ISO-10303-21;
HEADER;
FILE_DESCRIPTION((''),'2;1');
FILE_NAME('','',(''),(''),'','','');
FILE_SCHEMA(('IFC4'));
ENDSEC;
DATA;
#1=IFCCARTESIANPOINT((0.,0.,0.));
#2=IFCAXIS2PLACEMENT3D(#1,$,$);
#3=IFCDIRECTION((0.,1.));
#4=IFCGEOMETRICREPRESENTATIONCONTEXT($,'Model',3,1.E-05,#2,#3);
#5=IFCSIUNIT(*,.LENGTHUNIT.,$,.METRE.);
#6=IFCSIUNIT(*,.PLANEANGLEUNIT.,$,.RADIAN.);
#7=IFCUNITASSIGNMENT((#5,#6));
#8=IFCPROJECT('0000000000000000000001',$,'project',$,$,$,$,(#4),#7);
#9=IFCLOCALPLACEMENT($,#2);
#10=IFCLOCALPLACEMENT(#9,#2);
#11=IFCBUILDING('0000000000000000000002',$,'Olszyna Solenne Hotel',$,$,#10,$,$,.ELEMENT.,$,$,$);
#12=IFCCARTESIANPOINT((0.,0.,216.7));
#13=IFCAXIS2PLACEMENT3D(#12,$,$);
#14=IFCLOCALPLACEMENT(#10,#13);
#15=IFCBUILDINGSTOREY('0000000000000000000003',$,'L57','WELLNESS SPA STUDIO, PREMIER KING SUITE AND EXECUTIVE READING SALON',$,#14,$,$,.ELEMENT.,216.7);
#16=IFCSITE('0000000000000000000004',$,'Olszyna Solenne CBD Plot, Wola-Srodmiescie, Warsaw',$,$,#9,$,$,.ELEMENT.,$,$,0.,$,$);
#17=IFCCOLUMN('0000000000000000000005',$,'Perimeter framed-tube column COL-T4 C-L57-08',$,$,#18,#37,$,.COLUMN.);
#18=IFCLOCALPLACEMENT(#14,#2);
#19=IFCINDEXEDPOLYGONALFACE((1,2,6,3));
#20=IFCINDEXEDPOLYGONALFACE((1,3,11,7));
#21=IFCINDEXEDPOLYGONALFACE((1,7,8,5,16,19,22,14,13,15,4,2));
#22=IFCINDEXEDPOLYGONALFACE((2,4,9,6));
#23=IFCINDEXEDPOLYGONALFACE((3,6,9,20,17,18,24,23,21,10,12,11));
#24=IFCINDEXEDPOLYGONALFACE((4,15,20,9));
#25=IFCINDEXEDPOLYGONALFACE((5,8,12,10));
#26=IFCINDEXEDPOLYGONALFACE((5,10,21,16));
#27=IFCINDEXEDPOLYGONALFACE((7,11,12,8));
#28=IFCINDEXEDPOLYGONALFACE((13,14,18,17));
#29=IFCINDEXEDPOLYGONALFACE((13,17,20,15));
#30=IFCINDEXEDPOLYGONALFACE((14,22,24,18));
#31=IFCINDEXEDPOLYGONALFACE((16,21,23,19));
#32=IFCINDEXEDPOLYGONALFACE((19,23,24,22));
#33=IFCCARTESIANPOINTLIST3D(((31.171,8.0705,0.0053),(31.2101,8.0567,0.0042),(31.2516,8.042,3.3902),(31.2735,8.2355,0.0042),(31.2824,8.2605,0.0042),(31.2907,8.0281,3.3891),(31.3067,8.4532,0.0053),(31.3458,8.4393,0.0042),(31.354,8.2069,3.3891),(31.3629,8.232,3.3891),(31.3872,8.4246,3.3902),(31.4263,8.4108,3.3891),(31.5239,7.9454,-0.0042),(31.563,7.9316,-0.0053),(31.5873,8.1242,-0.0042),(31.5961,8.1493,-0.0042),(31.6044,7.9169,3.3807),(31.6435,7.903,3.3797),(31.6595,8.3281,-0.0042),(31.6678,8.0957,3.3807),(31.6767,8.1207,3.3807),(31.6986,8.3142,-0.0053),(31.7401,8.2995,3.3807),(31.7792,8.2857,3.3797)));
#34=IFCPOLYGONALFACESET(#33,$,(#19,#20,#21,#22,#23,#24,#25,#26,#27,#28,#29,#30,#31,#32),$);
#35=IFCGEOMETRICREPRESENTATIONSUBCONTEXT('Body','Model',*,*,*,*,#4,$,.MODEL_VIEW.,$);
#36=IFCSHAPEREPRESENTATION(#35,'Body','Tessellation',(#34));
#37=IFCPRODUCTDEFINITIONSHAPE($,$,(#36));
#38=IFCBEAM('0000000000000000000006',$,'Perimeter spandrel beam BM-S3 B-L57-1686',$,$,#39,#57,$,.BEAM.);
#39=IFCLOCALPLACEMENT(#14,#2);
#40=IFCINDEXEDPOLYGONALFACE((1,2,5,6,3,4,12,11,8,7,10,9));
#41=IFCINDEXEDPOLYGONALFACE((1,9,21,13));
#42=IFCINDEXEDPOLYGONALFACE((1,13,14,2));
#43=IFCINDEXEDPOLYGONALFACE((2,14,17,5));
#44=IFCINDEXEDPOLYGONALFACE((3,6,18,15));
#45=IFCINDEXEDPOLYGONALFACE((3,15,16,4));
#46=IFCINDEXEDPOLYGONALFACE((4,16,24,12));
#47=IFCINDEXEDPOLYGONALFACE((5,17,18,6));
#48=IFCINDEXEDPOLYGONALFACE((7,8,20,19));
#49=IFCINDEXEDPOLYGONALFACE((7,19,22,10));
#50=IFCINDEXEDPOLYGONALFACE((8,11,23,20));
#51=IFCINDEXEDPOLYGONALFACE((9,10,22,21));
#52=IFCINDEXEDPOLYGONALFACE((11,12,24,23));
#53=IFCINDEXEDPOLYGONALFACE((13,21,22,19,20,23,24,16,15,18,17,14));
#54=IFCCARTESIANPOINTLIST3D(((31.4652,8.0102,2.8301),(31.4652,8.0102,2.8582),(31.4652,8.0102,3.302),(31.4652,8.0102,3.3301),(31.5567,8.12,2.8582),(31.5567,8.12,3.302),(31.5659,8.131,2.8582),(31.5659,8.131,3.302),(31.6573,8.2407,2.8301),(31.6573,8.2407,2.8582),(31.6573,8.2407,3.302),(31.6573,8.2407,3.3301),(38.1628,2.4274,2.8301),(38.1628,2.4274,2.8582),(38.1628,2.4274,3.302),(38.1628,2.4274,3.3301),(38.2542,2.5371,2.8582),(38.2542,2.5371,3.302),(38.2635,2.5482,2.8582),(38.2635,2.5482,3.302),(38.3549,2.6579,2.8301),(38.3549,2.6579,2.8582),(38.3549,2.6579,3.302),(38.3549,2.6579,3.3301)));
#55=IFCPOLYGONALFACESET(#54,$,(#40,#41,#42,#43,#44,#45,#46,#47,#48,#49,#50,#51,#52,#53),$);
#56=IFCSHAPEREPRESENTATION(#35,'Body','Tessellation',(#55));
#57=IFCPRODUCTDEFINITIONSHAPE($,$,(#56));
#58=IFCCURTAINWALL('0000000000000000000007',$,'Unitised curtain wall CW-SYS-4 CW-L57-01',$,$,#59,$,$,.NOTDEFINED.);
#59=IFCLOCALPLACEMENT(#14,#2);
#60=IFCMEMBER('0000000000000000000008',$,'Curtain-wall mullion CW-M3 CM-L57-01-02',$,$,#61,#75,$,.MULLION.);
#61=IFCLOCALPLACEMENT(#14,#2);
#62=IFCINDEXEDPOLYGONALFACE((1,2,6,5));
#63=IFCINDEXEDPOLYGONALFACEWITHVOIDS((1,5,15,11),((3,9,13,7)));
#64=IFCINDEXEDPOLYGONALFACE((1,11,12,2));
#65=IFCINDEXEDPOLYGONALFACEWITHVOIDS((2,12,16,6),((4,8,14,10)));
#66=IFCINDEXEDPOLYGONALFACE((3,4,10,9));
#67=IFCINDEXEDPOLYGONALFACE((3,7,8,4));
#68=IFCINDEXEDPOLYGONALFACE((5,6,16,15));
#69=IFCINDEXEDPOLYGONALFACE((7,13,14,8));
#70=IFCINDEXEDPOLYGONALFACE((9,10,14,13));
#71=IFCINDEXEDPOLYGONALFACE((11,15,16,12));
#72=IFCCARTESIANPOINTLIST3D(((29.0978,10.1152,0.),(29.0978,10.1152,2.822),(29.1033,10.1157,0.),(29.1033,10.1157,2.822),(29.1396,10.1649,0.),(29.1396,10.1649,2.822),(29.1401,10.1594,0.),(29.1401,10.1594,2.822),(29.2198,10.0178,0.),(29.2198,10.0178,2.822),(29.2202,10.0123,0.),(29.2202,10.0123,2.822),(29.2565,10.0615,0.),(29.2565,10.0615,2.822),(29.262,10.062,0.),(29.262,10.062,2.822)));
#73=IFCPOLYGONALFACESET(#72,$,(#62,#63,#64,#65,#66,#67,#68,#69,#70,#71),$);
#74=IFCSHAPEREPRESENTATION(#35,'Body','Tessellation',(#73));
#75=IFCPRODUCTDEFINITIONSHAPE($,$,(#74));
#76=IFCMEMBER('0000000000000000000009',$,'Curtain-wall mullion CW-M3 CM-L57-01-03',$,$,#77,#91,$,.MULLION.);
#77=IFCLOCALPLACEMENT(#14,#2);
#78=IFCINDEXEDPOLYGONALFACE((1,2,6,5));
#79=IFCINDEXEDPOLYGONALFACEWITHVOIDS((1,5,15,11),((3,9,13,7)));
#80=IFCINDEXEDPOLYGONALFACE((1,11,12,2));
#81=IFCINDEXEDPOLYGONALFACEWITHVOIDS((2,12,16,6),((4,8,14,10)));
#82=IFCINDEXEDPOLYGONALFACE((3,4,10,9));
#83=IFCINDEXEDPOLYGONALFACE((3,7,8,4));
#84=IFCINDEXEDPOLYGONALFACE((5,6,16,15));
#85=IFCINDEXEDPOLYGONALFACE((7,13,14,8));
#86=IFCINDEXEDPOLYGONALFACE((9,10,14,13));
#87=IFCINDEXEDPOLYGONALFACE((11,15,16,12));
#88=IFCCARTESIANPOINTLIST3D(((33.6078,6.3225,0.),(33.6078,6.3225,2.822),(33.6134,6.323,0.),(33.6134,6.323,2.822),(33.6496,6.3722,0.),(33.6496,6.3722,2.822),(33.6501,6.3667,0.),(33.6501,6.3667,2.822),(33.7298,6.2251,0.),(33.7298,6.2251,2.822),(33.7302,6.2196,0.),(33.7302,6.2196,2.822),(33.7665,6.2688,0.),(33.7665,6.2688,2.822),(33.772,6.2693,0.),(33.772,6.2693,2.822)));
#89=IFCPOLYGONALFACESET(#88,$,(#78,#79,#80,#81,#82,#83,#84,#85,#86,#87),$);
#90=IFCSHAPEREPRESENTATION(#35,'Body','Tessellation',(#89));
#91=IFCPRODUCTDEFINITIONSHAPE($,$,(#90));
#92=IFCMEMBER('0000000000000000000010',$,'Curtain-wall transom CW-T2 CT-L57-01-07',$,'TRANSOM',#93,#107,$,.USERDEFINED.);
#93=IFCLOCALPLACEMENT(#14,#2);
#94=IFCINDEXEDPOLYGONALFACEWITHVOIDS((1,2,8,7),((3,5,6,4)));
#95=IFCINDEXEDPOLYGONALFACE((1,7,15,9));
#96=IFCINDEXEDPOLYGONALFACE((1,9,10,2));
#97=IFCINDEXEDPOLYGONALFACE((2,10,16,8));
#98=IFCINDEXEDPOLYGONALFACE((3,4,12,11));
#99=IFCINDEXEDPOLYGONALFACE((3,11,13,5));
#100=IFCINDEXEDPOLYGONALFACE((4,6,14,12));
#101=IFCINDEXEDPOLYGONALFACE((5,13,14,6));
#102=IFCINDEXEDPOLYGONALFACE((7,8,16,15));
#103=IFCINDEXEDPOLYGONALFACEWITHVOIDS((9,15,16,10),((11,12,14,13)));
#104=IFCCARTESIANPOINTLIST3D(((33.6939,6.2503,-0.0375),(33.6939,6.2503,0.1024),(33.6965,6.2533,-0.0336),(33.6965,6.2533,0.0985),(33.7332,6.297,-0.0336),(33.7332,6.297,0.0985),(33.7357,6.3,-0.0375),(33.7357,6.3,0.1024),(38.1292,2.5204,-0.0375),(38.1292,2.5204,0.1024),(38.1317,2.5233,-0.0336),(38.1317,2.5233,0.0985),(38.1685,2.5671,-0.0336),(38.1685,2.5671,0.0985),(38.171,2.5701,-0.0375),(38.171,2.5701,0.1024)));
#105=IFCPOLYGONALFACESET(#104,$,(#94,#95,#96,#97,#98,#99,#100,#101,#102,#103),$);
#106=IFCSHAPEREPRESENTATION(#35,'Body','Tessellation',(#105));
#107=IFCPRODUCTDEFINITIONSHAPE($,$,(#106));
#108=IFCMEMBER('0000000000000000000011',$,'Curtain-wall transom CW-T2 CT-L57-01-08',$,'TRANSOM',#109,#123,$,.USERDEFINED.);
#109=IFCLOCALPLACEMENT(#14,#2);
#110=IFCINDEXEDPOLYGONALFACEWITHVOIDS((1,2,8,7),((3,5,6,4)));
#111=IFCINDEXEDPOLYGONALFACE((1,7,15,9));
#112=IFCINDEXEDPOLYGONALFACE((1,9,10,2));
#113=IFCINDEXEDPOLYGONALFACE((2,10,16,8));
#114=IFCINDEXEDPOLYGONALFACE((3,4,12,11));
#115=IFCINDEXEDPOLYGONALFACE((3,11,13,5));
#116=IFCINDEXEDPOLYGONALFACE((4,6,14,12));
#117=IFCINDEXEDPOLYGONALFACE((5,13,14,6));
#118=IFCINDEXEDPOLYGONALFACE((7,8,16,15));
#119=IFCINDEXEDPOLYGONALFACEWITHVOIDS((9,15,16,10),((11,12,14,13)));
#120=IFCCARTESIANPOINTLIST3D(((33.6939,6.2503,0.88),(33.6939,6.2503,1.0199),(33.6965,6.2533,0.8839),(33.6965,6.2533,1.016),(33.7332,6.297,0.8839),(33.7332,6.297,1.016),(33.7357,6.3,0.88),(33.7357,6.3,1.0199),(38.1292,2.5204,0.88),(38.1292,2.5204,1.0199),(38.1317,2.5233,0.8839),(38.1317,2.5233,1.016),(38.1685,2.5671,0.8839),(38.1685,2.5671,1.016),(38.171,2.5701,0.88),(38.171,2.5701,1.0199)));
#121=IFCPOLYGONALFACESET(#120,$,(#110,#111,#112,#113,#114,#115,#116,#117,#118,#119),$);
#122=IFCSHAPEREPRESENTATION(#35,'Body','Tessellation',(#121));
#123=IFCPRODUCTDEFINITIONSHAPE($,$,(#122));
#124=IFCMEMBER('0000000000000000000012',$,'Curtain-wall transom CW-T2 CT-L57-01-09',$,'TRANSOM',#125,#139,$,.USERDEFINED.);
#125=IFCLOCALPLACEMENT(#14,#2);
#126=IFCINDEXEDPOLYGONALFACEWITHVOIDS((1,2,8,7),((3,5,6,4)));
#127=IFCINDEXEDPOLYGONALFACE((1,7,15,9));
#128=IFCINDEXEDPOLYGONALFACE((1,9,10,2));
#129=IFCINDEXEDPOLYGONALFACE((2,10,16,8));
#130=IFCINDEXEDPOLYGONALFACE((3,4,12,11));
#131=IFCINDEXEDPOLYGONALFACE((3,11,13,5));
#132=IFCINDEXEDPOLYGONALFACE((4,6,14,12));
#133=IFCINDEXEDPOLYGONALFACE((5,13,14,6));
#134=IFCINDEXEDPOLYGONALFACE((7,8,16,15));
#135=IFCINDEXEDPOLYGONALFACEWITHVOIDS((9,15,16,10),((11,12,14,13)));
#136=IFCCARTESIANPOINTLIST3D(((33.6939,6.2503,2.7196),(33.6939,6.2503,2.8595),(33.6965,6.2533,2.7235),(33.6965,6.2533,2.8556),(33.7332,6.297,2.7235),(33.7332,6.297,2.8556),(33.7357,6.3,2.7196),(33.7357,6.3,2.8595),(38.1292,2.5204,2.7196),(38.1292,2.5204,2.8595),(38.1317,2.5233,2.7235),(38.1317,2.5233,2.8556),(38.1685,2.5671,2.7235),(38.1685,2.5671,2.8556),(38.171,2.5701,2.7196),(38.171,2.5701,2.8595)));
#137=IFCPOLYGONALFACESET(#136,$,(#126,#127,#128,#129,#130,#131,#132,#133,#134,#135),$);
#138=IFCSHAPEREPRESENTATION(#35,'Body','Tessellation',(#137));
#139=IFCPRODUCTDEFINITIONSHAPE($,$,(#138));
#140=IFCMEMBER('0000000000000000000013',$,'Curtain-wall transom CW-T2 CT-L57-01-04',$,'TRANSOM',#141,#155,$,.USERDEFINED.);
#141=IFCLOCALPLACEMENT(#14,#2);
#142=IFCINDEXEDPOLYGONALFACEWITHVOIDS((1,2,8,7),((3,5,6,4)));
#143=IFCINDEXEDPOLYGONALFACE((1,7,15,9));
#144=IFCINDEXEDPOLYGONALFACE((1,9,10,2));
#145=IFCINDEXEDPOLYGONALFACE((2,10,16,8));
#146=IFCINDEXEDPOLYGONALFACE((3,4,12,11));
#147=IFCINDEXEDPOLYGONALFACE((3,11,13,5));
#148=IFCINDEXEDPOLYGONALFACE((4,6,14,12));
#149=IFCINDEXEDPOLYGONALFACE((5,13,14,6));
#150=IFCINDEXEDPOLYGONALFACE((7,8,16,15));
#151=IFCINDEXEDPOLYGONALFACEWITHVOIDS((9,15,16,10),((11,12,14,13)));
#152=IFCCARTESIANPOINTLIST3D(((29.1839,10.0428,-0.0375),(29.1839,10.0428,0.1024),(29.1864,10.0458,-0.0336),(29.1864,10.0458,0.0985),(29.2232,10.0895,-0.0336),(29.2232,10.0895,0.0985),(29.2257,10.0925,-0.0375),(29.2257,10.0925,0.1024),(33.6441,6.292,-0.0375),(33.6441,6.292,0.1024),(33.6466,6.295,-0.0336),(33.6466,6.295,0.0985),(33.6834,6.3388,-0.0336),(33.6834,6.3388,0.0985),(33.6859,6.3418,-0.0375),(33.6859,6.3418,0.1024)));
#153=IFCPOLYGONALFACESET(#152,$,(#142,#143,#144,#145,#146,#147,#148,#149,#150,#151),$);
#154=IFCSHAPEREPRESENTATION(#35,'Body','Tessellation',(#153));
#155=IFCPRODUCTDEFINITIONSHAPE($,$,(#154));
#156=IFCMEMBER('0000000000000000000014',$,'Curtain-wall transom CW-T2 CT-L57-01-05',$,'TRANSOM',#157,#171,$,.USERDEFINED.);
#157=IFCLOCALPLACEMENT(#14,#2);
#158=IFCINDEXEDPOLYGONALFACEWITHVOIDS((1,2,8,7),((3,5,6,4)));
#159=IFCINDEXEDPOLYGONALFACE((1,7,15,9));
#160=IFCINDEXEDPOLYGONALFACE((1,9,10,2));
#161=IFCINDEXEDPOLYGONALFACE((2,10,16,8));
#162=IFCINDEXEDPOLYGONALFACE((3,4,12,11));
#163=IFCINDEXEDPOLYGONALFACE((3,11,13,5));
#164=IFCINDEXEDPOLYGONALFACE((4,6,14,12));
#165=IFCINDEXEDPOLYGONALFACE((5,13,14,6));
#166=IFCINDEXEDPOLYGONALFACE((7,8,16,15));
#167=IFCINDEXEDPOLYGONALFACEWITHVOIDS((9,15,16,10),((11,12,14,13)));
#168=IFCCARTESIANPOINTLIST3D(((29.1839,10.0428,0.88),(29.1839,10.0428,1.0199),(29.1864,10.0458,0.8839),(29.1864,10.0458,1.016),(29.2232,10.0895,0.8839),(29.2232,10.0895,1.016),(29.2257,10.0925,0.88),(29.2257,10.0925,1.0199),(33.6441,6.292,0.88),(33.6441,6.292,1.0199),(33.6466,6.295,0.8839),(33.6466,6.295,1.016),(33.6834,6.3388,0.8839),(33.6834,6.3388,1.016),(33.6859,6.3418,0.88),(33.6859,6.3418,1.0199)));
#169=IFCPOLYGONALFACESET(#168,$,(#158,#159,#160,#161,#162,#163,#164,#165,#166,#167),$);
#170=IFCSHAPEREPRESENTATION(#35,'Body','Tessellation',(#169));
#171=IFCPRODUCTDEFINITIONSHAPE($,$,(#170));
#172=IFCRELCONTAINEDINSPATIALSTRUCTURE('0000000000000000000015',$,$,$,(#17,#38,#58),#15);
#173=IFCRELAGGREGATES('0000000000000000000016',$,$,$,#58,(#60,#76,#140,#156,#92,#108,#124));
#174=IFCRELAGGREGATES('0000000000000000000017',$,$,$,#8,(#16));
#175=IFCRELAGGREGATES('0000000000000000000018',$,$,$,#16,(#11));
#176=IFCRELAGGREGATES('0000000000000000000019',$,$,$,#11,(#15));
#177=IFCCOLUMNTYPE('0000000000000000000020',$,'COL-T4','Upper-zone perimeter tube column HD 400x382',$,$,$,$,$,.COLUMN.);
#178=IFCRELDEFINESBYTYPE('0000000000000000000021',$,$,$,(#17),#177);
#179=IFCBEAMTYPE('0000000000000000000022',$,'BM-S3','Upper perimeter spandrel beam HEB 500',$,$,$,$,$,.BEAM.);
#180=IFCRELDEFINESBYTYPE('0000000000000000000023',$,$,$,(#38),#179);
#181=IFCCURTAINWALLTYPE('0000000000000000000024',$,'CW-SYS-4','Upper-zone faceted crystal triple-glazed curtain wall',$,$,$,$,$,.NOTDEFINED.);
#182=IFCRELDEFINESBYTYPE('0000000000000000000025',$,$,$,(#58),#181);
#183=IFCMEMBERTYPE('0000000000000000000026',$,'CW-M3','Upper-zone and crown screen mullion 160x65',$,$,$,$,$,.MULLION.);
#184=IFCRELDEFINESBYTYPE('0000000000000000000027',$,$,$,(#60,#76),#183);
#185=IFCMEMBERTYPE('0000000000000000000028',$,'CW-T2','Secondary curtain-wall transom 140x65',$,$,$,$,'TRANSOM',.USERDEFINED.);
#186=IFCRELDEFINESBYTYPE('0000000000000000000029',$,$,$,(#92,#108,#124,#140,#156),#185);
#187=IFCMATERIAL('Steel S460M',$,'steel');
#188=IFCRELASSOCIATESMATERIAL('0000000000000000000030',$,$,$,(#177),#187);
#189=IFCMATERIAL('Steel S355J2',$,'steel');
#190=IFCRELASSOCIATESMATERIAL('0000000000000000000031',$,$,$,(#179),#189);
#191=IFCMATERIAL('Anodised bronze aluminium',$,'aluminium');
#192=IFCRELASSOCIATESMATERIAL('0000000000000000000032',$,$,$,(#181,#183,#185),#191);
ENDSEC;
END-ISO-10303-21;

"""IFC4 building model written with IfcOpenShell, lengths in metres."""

from ifc_helpers import new_model, si_unit, direction, frame, origin, origin_2d, place, context, subcontext, project, spatial, hollow_rectangle, i_section, extrude, source, transform, mapped, material, material_profile, profile_set, type_object, element, aggregate, save


model = new_model("IFC4")

# Units and contexts
model_context = context("Model", 3, precision=1e-05, world=origin(), true_north=direction((0.0, 1.0)))
body_context = subcontext(model_context, "Body", "Model", "MODEL_VIEW")
ifc_project = project(units=[si_unit("LENGTHUNIT", "METRE"), si_unit("PLANEANGLEUNIT", "RADIAN")], contexts=[model_context])

# Site, building, storey
site_placement = place(None, origin())
site = spatial("IfcSite", under=ifc_project, at=site_placement, Name="Olszyna Solenne CBD Plot, Wola-Srodmiescie, Warsaw", CompositionType="ELEMENT", RefElevation=0.0)
building_placement = place(site_placement, origin())
building = spatial("IfcBuilding", under=site, at=building_placement, Name="Olszyna Solenne Hotel", CompositionType="ELEMENT")
storey_placement = place(building_placement, frame((0.0, 0.0, 216.7)))
storey = spatial("IfcBuildingStorey", under=building, at=storey_placement, Name="L57", Description="WELLNESS SPA STUDIO, PREMIER KING SUITE AND EXECUTIVE READING SALON", CompositionType="ELEMENT", Elevation=216.7)

# Column
ifc_material_1 = material(Name="Steel S460M", Category="steel")
ifc_material_profile_1 = material_profile(ifc_material_1, i_section(OverallWidth=0.406, OverallDepth=0.416, WebThickness=0.0266, FlangeThickness=0.0415, at=origin_2d()), Name="HD 400x382", Category="load-bearing")
ifc_profile_set_1 = profile_set([ifc_material_profile_1], Name="Steel S460M")
column_type = type_object("IfcColumnType", Name="COL-T4", Description="Upper-zone perimeter tube column HD 400x382", PredefinedType="COLUMN", material=ifc_profile_set_1)
shared_shape_1 = source(origin(), body_context, "Body", "SweptSolid", [
    extrude(i_section(OverallWidth=0.406, OverallDepth=0.416, WebThickness=0.0266, FlangeThickness=0.0415, at=origin_2d()), origin(), (0.0, 0.0, 1.0), 3.386),
])
column_placement = place(storey_placement, frame((31.4348, 8.1924, 0.0), z_axis=(0.023793, -0.008436, 0.999681), x_axis=(0.334164, 0.942515, 0.0)))
element("IfcColumn", 1, at=column_placement, inside=storey, type_object=column_type, Name="Perimeter framed-tube column COL-T4 C-L57-08", PredefinedType="COLUMN", context=body_context, shape_type="MappedRepresentation", body=[
    mapped(shared_shape_1, transform((0.0, 0.0, 0.0), x_axis=(1.0, 0.0, 0.0), y_axis=(0.0, 1.0, 0.0), z_axis=(0.0, 0.0, 1.0), scale=1.0)),
])

# Beam
ifc_material_2 = material(Name="Steel S355J2", Category="steel")
ifc_material_profile_2 = material_profile(ifc_material_2, i_section(OverallWidth=0.3, OverallDepth=0.5, WebThickness=0.0144, FlangeThickness=0.0281, at=origin_2d()), Name="HEB 500", Category="load-bearing")
ifc_profile_set_2 = profile_set([ifc_material_profile_2], Name="Steel S355J2")
beam_type_1 = type_object("IfcBeamType", Name="BM-S3", Description="Upper perimeter spandrel beam HEB 500", PredefinedType="BEAM", material=ifc_profile_set_2)
shared_shape_2 = source(origin(), body_context, "Body", "SweptSolid", [
    extrude(i_section(OverallWidth=0.3, OverallDepth=0.5, WebThickness=0.0144, FlangeThickness=0.0281, at=origin_2d()), origin(), (0.0, 0.0, 1.0), 8.7192),
])
beam_1_placement = place(storey_placement, frame((31.5613, 8.1255, 3.0801), z_axis=(0.768136, -0.640286, 0.0), x_axis=(0.640286, 0.768136, 0.0)))
element("IfcBeam", 2, at=beam_1_placement, inside=storey, type_object=beam_type_1, Name="Perimeter spandrel beam BM-S3 B-L57-1686", PredefinedType="BEAM", context=body_context, shape_type="MappedRepresentation", body=[
    mapped(shared_shape_2, transform((0.0, 0.0, 0.0), x_axis=(1.0, 0.0, 0.0), y_axis=(0.0, 1.0, 0.0), z_axis=(0.0, 0.0, 1.0), scale=1.0)),
])

# Curtain wall, members
ifc_material_3 = material(Name="Anodised bronze aluminium", Category="aluminium")
curtain_wall_type = type_object("IfcCurtainWallType", Name="CW-SYS-4", Description="Upper-zone faceted crystal triple-glazed curtain wall", PredefinedType="NOTDEFINED", material=ifc_material_3)
curtain_wall_placement = place(storey_placement, origin())
curtain_wall = element("IfcCurtainWall", 3, at=curtain_wall_placement, inside=storey, type_object=curtain_wall_type, Name="Unitised curtain wall CW-SYS-4 CW-L57-01", PredefinedType="NOTDEFINED")
ifc_material_profile_3 = material_profile(ifc_material_3, hollow_rectangle(XDim=0.0649, YDim=0.1599, WallThickness=0.0039, at=origin_2d()), Name="MULL 160x65x4", Category="load-bearing")
ifc_profile_set_3 = profile_set([ifc_material_profile_3], Name="Anodised bronze aluminium")
member_type_1 = type_object("IfcMemberType", Name="CW-M3", Description="Upper-zone and crown screen mullion 160x65", PredefinedType="MULLION", material=ifc_profile_set_3)
shared_shape_3 = source(origin(), body_context, "Body", "SweptSolid", [
    extrude(hollow_rectangle(XDim=0.0649, YDim=0.1599, WallThickness=0.0039, at=origin_2d()), origin(), (0.0, 0.0, 1.0), 2.822),
])
member_1_placement = place(storey_placement, frame((29.1799, 10.0886, 0.0), z_axis=(0.0, 0.0, 1.0), x_axis=(0.643622, 0.765343, 0.0)))
member_1 = element("IfcMember", 4, at=member_1_placement, type_object=member_type_1, Name="Curtain-wall mullion CW-M3 CM-L57-01-02", PredefinedType="MULLION", context=body_context, shape_type="MappedRepresentation", body=[
    mapped(shared_shape_3, transform((0.0, 0.0, 0.0), x_axis=(1.0, 0.0, 0.0), y_axis=(0.0, 1.0, 0.0), z_axis=(0.0, 0.0, 1.0), scale=1.0)),
])
member_2_placement = place(storey_placement, frame((33.6899, 6.2959, 0.0), z_axis=(0.0, 0.0, 1.0), x_axis=(0.643622, 0.765343, 0.0)))
member_2 = element("IfcMember", 5, at=member_2_placement, type_object=member_type_1, Name="Curtain-wall mullion CW-M3 CM-L57-01-03", PredefinedType="MULLION", context=body_context, shape_type="MappedRepresentation", body=[
    mapped(shared_shape_3, transform((0.0, 0.0, 0.0), x_axis=(1.0, 0.0, 0.0), y_axis=(0.0, 1.0, 0.0), z_axis=(0.0, 0.0, 1.0), scale=1.0)),
])
ifc_material_profile_4 = material_profile(ifc_material_3, hollow_rectangle(XDim=0.0649, YDim=0.1399, WallThickness=0.0039, at=origin_2d()), Name="TRAN 140x65x4", Category="load-bearing")
ifc_profile_set_4 = profile_set([ifc_material_profile_4], Name="Anodised bronze aluminium")
member_type_2 = type_object("IfcMemberType", Name="CW-T2", Description="Secondary curtain-wall transom 140x65", ElementType="TRANSOM", PredefinedType="USERDEFINED", material=ifc_profile_set_4)
shared_shape_4 = source(origin(), body_context, "Body", "SweptSolid", [
    extrude(hollow_rectangle(XDim=0.0649, YDim=0.1399, WallThickness=0.0039, at=origin_2d()), origin(), (0.0, 0.0, 1.0), 5.7952),
])
member_3_placement = place(storey_placement, frame((33.7148, 6.2751, 0.0325), z_axis=(0.765337, -0.64363, 0.0), x_axis=(0.64363, 0.765337, 0.0)))
member_3 = element("IfcMember", 6, at=member_3_placement, type_object=member_type_2, Name="Curtain-wall transom CW-T2 CT-L57-01-07", ObjectType="TRANSOM", PredefinedType="USERDEFINED", context=body_context, shape_type="MappedRepresentation", body=[
    mapped(shared_shape_4, transform((0.0, 0.0, 0.0), x_axis=(1.0, 0.0, 0.0), y_axis=(0.0, 1.0, 0.0), z_axis=(0.0, 0.0, 1.0), scale=1.0)),
])
member_4_placement = place(storey_placement, frame((33.7148, 6.2751, 0.95), z_axis=(0.765337, -0.64363, 0.0), x_axis=(0.64363, 0.765337, 0.0)))
member_4 = element("IfcMember", 7, at=member_4_placement, type_object=member_type_2, Name="Curtain-wall transom CW-T2 CT-L57-01-08", ObjectType="TRANSOM", PredefinedType="USERDEFINED", context=body_context, shape_type="MappedRepresentation", body=[
    mapped(shared_shape_4, transform((0.0, 0.0, 0.0), x_axis=(1.0, 0.0, 0.0), y_axis=(0.0, 1.0, 0.0), z_axis=(0.0, 0.0, 1.0), scale=1.0)),
])
member_5_placement = place(storey_placement, frame((33.7148, 6.2751, 2.7896), z_axis=(0.765337, -0.64363, 0.0), x_axis=(0.64363, 0.765337, 0.0)))
member_5 = element("IfcMember", 8, at=member_5_placement, type_object=member_type_2, Name="Curtain-wall transom CW-T2 CT-L57-01-09", ObjectType="TRANSOM", PredefinedType="USERDEFINED", context=body_context, shape_type="MappedRepresentation", body=[
    mapped(shared_shape_4, transform((0.0, 0.0, 0.0), x_axis=(1.0, 0.0, 0.0), y_axis=(0.0, 1.0, 0.0), z_axis=(0.0, 0.0, 1.0), scale=1.0)),
])
shared_shape_5 = source(origin(), body_context, "Body", "SweptSolid", [
    extrude(hollow_rectangle(XDim=0.0649, YDim=0.1399, WallThickness=0.0039, at=origin_2d()), origin(), (0.0, 0.0, 1.0), 5.8276),
])
member_6_placement = place(storey_placement, frame((29.2048, 10.0676, 0.0325), z_axis=(0.765353, -0.643611, 0.0), x_axis=(0.643611, 0.765353, 0.0)))
member_6 = element("IfcMember", 9, at=member_6_placement, type_object=member_type_2, Name="Curtain-wall transom CW-T2 CT-L57-01-04", ObjectType="TRANSOM", PredefinedType="USERDEFINED", context=body_context, shape_type="MappedRepresentation", body=[
    mapped(shared_shape_5, transform((0.0, 0.0, 0.0), x_axis=(1.0, 0.0, 0.0), y_axis=(0.0, 1.0, 0.0), z_axis=(0.0, 0.0, 1.0), scale=1.0)),
])
member_7_placement = place(storey_placement, frame((29.2048, 10.0676, 0.95), z_axis=(0.765353, -0.643611, 0.0), x_axis=(0.643611, 0.765353, 0.0)))
member_7 = element("IfcMember", 10, at=member_7_placement, type_object=member_type_2, Name="Curtain-wall transom CW-T2 CT-L57-01-05", ObjectType="TRANSOM", PredefinedType="USERDEFINED", context=body_context, shape_type="MappedRepresentation", body=[
    mapped(shared_shape_5, transform((0.0, 0.0, 0.0), x_axis=(1.0, 0.0, 0.0), y_axis=(0.0, 1.0, 0.0), z_axis=(0.0, 0.0, 1.0), scale=1.0)),
])

aggregate(curtain_wall, [member_1, member_2, member_6, member_7, member_3, member_4, member_5])

save(model, "model.ifc")
